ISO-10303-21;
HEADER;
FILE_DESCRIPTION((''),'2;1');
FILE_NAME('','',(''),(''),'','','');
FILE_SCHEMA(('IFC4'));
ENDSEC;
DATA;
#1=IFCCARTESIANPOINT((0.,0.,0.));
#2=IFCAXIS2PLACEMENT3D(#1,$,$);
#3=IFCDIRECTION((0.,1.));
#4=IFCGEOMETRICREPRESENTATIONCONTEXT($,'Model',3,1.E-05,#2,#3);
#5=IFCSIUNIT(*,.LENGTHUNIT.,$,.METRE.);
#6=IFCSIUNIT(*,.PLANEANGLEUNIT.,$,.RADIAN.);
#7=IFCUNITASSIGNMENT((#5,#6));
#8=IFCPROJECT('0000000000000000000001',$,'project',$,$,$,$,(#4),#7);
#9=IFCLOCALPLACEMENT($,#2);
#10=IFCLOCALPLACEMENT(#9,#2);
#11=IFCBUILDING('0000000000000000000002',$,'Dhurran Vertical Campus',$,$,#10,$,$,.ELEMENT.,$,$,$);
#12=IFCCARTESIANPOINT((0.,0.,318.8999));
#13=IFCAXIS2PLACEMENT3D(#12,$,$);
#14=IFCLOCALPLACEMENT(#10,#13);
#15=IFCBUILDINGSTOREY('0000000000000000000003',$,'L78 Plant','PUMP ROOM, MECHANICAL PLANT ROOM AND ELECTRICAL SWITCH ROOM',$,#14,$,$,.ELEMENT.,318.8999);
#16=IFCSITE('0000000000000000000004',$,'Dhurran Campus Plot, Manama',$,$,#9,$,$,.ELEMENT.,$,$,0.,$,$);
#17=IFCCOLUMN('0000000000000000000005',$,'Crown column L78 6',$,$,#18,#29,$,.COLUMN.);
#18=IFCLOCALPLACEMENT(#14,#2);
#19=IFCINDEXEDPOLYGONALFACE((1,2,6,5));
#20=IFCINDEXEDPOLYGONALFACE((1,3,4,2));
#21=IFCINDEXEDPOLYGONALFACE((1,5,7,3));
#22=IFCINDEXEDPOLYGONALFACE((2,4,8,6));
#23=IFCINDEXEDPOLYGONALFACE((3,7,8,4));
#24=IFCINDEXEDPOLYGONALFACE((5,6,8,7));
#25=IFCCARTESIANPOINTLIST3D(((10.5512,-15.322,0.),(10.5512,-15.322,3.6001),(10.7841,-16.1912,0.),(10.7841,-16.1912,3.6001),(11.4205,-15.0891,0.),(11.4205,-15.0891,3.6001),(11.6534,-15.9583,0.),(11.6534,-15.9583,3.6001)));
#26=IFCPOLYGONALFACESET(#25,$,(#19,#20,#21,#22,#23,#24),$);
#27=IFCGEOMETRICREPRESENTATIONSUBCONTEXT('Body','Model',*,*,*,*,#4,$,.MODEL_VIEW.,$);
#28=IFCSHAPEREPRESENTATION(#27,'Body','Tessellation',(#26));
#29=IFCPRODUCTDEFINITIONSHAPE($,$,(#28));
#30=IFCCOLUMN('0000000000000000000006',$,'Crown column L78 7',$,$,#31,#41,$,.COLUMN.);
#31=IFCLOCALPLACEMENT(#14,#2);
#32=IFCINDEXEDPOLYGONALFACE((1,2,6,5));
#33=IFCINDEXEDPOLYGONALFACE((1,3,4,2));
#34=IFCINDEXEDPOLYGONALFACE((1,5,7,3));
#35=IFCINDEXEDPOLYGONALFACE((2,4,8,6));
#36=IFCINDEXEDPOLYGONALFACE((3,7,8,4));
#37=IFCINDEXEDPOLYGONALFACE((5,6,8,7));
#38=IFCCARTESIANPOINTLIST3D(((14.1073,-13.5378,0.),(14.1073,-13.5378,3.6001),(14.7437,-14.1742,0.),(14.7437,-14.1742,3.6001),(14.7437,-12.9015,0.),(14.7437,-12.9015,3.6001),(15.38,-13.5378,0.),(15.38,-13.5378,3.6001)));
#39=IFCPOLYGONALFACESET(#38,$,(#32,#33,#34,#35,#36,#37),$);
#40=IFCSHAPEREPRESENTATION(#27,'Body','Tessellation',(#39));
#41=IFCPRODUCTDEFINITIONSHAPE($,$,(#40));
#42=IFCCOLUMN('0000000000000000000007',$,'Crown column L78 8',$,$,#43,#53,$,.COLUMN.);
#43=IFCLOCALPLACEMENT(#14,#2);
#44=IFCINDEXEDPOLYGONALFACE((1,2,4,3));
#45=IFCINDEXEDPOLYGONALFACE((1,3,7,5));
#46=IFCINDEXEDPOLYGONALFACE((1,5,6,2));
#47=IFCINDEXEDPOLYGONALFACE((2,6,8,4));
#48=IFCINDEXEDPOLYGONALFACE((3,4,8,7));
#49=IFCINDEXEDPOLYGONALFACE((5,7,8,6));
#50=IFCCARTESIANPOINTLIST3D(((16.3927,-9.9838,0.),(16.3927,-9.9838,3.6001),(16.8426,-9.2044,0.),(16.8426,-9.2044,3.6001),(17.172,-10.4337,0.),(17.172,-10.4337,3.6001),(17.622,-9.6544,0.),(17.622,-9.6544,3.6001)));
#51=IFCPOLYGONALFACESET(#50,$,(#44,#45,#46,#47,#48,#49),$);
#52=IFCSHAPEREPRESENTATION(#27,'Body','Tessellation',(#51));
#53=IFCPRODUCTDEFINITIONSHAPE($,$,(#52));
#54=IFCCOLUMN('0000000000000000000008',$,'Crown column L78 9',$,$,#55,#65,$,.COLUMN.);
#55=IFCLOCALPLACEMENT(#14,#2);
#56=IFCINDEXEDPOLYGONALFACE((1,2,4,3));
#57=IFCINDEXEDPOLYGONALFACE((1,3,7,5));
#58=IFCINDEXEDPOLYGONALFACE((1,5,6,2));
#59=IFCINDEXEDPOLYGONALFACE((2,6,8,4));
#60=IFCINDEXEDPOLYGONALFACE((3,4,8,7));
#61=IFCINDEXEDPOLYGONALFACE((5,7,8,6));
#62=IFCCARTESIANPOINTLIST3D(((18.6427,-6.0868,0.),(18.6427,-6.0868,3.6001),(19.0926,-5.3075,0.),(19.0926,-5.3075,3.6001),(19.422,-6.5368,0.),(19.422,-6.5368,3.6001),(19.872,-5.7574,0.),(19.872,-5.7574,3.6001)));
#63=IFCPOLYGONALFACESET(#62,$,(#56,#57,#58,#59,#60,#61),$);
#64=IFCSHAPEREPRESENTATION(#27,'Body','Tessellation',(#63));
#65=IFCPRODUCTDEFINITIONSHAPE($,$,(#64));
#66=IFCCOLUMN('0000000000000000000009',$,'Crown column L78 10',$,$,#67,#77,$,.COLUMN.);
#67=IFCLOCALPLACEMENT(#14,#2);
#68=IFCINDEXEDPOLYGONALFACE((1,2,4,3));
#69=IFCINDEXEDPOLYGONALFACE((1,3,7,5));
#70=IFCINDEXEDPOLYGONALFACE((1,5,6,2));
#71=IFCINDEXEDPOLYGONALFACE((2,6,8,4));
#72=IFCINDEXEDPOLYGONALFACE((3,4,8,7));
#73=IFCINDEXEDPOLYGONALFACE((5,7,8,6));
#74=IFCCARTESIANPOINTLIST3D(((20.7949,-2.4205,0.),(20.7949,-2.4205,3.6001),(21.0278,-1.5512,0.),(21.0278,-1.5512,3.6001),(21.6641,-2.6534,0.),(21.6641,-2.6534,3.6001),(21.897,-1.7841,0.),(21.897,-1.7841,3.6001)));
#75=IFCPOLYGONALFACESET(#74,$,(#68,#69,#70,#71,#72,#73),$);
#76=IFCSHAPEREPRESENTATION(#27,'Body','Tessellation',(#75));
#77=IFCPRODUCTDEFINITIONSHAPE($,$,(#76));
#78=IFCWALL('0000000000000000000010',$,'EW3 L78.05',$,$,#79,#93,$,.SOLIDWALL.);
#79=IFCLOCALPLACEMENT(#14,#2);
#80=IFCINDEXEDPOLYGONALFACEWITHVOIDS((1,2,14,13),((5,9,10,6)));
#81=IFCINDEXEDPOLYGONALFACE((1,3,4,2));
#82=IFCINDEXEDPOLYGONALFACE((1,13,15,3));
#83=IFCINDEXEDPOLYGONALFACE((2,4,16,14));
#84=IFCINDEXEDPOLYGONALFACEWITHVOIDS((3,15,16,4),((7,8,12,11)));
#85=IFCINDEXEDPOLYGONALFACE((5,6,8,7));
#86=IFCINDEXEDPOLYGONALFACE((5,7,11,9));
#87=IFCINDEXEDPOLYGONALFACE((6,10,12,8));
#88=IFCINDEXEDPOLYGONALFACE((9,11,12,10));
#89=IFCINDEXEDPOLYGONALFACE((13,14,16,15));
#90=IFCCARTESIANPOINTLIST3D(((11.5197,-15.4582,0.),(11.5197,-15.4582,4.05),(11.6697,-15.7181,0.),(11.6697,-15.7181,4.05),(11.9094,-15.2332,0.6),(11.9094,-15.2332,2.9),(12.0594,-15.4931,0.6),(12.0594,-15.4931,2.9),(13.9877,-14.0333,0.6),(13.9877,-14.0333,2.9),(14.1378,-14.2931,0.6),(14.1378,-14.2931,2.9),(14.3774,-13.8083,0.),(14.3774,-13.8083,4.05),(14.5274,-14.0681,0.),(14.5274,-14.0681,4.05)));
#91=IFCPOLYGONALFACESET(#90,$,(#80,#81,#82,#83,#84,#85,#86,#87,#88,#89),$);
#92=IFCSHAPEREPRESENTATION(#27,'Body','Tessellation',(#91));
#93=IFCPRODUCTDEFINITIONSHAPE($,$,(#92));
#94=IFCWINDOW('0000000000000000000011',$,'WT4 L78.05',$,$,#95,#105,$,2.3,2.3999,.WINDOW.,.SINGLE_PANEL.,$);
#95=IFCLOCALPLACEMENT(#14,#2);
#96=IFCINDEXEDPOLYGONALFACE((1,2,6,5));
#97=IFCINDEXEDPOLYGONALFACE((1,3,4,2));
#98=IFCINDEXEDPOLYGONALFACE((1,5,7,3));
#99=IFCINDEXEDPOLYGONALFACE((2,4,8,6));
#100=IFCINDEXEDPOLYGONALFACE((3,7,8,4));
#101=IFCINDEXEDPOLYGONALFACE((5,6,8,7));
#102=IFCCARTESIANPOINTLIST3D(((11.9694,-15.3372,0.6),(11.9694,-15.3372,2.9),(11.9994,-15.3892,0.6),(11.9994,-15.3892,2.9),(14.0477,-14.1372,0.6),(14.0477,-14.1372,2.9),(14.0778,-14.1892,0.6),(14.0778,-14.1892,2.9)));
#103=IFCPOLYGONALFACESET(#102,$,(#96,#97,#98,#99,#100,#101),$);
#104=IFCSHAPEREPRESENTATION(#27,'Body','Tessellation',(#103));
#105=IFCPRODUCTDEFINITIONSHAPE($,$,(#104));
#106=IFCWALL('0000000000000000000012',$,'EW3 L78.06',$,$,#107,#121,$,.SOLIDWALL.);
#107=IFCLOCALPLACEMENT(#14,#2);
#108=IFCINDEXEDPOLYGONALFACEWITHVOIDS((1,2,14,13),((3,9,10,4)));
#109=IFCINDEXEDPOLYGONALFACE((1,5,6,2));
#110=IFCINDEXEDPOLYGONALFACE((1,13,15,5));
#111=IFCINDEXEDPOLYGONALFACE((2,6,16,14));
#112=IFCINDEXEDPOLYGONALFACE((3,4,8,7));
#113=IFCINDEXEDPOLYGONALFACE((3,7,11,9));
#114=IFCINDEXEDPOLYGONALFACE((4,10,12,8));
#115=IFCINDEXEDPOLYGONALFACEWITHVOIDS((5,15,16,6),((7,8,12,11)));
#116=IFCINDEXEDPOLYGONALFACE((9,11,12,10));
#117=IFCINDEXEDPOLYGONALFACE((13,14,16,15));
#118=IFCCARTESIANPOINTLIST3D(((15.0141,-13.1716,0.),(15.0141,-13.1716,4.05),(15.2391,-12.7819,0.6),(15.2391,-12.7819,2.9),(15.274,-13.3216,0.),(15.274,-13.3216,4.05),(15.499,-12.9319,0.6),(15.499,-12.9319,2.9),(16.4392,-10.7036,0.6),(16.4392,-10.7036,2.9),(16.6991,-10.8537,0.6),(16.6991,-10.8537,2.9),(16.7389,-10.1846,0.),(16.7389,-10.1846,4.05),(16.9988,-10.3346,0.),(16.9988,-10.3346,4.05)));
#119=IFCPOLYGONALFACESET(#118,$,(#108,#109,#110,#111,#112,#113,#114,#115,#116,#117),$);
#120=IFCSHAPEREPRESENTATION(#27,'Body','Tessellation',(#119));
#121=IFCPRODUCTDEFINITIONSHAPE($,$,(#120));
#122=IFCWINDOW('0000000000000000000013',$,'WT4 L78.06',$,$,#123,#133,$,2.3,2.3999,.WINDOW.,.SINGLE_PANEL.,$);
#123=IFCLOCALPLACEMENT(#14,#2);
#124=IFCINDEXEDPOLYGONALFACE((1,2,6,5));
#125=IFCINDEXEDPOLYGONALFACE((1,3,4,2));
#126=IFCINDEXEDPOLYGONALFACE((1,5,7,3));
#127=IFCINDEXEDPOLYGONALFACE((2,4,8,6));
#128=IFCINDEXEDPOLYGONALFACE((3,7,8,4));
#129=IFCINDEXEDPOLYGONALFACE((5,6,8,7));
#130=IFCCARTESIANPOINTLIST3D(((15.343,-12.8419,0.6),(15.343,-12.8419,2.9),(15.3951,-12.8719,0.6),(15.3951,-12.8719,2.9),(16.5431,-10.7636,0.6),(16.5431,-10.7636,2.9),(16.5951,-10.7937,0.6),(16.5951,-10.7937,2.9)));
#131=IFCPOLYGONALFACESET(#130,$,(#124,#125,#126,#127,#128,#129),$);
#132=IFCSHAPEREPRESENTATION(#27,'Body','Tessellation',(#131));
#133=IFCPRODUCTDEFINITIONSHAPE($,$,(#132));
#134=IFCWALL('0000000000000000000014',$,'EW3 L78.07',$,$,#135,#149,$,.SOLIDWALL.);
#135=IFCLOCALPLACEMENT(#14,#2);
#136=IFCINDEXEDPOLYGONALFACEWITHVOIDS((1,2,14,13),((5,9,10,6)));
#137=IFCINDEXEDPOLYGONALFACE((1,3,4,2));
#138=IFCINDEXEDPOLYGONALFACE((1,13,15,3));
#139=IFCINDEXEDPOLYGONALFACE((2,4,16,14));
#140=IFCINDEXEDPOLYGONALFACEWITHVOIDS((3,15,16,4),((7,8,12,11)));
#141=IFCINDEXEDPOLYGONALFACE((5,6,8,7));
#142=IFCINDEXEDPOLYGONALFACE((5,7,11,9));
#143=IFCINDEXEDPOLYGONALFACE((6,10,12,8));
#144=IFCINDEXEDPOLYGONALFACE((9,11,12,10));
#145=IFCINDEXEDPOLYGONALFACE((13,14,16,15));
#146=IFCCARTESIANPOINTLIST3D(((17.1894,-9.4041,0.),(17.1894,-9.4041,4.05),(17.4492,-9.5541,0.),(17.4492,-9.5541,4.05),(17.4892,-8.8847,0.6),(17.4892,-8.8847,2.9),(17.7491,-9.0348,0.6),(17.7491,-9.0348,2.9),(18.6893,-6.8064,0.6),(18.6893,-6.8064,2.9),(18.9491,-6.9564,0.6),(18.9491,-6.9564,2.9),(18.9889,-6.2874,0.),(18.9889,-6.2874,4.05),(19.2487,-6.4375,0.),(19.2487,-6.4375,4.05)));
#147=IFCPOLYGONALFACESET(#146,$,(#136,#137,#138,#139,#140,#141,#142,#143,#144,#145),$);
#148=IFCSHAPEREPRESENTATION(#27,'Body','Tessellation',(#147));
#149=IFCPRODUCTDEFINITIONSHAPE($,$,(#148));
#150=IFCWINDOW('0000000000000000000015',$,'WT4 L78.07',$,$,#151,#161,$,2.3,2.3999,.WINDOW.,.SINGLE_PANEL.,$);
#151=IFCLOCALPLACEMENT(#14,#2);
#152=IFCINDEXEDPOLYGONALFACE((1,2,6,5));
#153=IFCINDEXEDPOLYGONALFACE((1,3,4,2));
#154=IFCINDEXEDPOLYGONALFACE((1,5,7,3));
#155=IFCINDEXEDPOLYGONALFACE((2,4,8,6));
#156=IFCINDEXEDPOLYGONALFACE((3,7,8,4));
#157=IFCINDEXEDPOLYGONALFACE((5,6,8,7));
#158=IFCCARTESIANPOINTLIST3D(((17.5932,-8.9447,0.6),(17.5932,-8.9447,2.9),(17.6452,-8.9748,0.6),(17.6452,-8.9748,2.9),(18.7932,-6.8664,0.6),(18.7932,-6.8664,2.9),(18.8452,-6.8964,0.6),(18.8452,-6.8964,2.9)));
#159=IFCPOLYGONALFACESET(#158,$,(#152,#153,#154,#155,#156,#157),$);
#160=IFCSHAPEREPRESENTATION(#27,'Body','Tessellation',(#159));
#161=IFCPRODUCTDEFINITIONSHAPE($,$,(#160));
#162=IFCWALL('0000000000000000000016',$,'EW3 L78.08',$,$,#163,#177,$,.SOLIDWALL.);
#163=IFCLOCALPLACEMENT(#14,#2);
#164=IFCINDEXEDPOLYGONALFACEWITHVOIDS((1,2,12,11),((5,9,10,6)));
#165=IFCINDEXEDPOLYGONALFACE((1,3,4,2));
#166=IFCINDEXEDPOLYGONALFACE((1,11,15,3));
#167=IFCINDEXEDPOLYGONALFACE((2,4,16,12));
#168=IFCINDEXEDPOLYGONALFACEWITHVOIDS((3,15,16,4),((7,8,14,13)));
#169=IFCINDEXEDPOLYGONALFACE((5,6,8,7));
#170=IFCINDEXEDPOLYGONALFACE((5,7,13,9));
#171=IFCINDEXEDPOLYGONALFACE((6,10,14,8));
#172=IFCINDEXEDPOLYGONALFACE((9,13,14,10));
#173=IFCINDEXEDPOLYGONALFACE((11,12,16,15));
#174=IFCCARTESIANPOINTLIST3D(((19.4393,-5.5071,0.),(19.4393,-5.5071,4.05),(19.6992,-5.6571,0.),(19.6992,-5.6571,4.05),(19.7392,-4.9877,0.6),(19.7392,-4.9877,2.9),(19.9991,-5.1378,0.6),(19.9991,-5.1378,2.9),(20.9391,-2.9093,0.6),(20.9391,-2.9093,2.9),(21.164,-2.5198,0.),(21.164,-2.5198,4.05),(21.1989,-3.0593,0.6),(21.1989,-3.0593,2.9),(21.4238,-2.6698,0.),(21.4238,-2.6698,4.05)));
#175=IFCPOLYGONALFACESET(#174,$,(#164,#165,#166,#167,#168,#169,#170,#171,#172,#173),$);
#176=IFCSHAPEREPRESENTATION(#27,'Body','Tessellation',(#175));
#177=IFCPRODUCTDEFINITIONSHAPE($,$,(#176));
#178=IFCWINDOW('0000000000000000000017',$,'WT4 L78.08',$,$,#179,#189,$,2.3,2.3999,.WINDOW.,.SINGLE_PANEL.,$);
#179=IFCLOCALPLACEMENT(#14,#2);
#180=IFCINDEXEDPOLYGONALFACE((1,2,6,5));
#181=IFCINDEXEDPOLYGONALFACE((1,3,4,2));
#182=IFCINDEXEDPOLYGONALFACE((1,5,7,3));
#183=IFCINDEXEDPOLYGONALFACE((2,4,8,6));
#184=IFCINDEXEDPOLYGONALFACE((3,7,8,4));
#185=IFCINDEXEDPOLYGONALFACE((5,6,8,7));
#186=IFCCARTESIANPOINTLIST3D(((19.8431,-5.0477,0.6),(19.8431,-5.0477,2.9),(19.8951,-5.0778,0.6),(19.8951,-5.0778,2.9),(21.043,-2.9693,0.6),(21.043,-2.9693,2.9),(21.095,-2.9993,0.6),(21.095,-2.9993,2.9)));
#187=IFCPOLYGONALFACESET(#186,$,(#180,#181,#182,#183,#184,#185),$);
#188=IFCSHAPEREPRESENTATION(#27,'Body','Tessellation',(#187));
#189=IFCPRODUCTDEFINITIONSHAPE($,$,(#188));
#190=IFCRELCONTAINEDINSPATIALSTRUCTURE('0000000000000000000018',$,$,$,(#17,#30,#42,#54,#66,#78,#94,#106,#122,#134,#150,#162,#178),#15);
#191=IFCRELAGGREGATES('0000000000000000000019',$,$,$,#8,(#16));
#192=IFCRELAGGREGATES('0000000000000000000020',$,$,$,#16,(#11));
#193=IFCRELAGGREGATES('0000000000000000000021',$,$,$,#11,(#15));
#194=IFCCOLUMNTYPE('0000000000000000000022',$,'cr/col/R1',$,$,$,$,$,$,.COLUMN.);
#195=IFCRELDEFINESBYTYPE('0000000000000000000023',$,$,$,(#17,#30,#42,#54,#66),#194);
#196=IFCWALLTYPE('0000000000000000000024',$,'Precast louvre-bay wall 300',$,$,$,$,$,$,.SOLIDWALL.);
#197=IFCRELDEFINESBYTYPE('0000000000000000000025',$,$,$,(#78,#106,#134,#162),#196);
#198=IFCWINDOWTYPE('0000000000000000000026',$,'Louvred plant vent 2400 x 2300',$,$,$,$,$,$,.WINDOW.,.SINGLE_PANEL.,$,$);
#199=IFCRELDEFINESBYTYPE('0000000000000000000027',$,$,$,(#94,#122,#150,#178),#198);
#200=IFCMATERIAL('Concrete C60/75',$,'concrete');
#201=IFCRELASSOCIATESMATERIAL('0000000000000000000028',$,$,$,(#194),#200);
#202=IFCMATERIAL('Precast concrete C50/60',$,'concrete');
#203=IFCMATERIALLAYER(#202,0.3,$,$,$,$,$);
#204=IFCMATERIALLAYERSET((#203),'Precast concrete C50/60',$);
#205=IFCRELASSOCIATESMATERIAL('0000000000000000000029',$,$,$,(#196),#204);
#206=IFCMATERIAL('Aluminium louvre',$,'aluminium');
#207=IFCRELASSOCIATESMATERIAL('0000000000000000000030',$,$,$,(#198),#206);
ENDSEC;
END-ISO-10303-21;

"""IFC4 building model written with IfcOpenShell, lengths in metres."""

from ifc_helpers import new_model, si_unit, direction, frame, frame_2d, origin, origin_2d, place, context, subcontext, project, spatial, rectangle, extrude, material, layer, layer_set, material_profile, profile_set, type_object, element, fill, save


model = new_model("IFC4")

# Units and contexts
model_context = context("Model", 3, precision=1e-05, world=origin(), true_north=direction((0.0, 1.0)))
body_context = subcontext(model_context, "Body", "Model", "MODEL_VIEW")
ifc_project = project(units=[si_unit("LENGTHUNIT", "METRE"), si_unit("PLANEANGLEUNIT", "RADIAN")], contexts=[model_context])

# Site, building, storey
site_placement = place(None, origin())
site = spatial("IfcSite", under=ifc_project, at=site_placement, Name="Dhurran Campus Plot, Manama", CompositionType="ELEMENT", RefElevation=0.0)
building_placement = place(site_placement, origin())
building = spatial("IfcBuilding", under=site, at=building_placement, Name="Dhurran Vertical Campus", CompositionType="ELEMENT")
storey_placement = place(building_placement, frame((0.0, 0.0, 318.8999)))
storey = spatial("IfcBuildingStorey", under=building, at=storey_placement, Name="L78 Plant", Description="PUMP ROOM, MECHANICAL PLANT ROOM AND ELECTRICAL SWITCH ROOM", CompositionType="ELEMENT", Elevation=318.8999)

# Columns
ifc_material_1 = material(Name="Concrete C60/75", Category="concrete")
ifc_material_profile = material_profile(ifc_material_1, rectangle(XDim=0.8999, YDim=0.8999, at=origin_2d()), Name="cr/col/R1")
ifc_profile_set = profile_set([ifc_material_profile], Name="Concrete C60/75")
column_type = type_object("IfcColumnType", Name="cr/col/R1", PredefinedType="COLUMN", material=ifc_profile_set)
for number, where, z_axis, x_axis, name in (
    (1, (11.1023, -15.6401, 0.0), (0.0, 0.0, 1.0), (0.965926, 0.258819, 0.0), "Crown column L78 6"),
    (2, (14.7437, -13.5378, 0.0), (0.0, 0.0, 1.0), (0.707107, 0.707107, 0.0), "Crown column L78 7"),
    (3, (17.0073, -9.8191, 0.0), (0.0, 0.0, 1.0), (0.5, 0.866025, 0.0), "Crown column L78 8"),
    (4, (19.2573, -5.9221, 0.0), (0.0, 0.0, 1.0), (0.5, 0.866025, 0.0), "Crown column L78 9"),
    (5, (21.3459, -2.1023, 0.0), (0.0, 0.0, 1.0), (0.258819, 0.965926, 0.0), "Crown column L78 10"),
):
    element("IfcColumn", number, at=place(storey_placement, frame(where, z_axis=z_axis, x_axis=x_axis)), inside=storey, type_object=column_type, Name=name, PredefinedType="COLUMN", context=body_context, shape_type="SweptSolid", body=[
        extrude(rectangle(XDim=0.8999, YDim=0.8999, at=origin_2d()), origin(), (0.0, 0.0, 1.0), 3.6001),
    ])

# Walls, openings, windows
ifc_material_2 = material(Name="Precast concrete C50/60", Category="concrete")
ifc_layer_1 = layer(ifc_material_2, 0.3)
ifc_layer_set_1 = layer_set([ifc_layer_1], Name="Precast concrete C50/60")
wall_type_1 = type_object("IfcWallType", Name="Precast louvre-bay wall 300", PredefinedType="SOLIDWALL", material=ifc_layer_set_1)
wall_1_placement = place(storey_placement, frame((11.5947, -15.5881, 0.0), z_axis=(0.0, 0.0, 1.0), x_axis=(0.866022, 0.500006, 0.0)))
wall_1 = element("IfcWall", 6, at=wall_1_placement, inside=storey, type_object=wall_type_1, Name="EW3 L78.05", PredefinedType="SOLIDWALL", context=body_context, shape_type="SweptSolid", body=[
    extrude(rectangle(XDim=3.2998, YDim=0.3, at=frame_2d((1.6499, 0.0))), origin(), (0.0, 0.0, 1.0), 4.05),
])
opening_1_placement = place(wall_1_placement, frame((0.45, 0.0, 0.6001)))
opening_1 = element("IfcOpeningElement", 7, at=opening_1_placement, cuts=wall_1, PredefinedType="OPENING", context=body_context, shape_type="SweptSolid", body=[
    extrude(rectangle(XDim=2.3999, YDim=2.3, at=frame_2d((1.2, 1.1499))), frame((0.0, 0.1599, 0.0), z_axis=(0.0, -1.0, 0.0), x_axis=(1.0, 0.0, 0.0)), (0.0, 0.0, 1.0), 0.3201),
])
ifc_material_3 = material(Name="Aluminium louvre", Category="aluminium")
window_type = type_object("IfcWindowType", Name="Louvred plant vent 2400 x 2300", PartitioningType="SINGLE_PANEL", PredefinedType="WINDOW", material=ifc_material_3)
window_1_placement = place(opening_1_placement, origin())
window_1 = element("IfcWindow", 8, at=window_1_placement, inside=storey, type_object=window_type, Name="WT4 L78.05", OverallHeight=2.3, OverallWidth=2.3999, PartitioningType="SINGLE_PANEL", PredefinedType="WINDOW", context=body_context, shape_type="SweptSolid", body=[
    extrude(rectangle(XDim=2.3999, YDim=2.3, at=frame_2d((1.2, 1.1499))), frame((0.0, 0.03, 0.0), z_axis=(0.0, -1.0, 0.0), x_axis=(1.0, 0.0, 0.0)), (0.0, 0.0, 1.0), 0.0601),
])
fill(opening_1, window_1)
wall_2_placement = place(storey_placement, frame((15.144, -13.2466, 0.0), z_axis=(0.0, 0.0, 1.0), x_axis=(0.500059, 0.865991, 0.0)))
wall_2 = element("IfcWall", 9, at=wall_2_placement, inside=storey, type_object=wall_type_1, Name="EW3 L78.06", PredefinedType="SOLIDWALL", context=body_context, shape_type="SweptSolid", body=[
    extrude(rectangle(XDim=3.4492, YDim=0.3, at=frame_2d((1.7246, 0.0))), origin(), (0.0, 0.0, 1.0), 4.05),
])
opening_2_placement = place(wall_2_placement, frame((0.45, 0.0, 0.6001)))
opening_2 = element("IfcOpeningElement", 10, at=opening_2_placement, cuts=wall_2, PredefinedType="OPENING", context=body_context, shape_type="SweptSolid", body=[
    extrude(rectangle(XDim=2.3999, YDim=2.3, at=frame_2d((1.2, 1.1499))), frame((0.0, 0.1599, 0.0), z_axis=(0.0, -1.0, 0.0), x_axis=(1.0, 0.0, 0.0)), (0.0, 0.0, 1.0), 0.3201),
])
window_2_placement = place(opening_2_placement, origin())
window_2 = element("IfcWindow", 11, at=window_2_placement, inside=storey, type_object=window_type, Name="WT4 L78.06", OverallHeight=2.3, OverallWidth=2.3999, PartitioningType="SINGLE_PANEL", PredefinedType="WINDOW", context=body_context, shape_type="SweptSolid", body=[
    extrude(rectangle(XDim=2.3999, YDim=2.3, at=frame_2d((1.2, 1.1499))), frame((0.0, 0.03, 0.0), z_axis=(0.0, -1.0, 0.0), x_axis=(1.0, 0.0, 0.0)), (0.0, 0.0, 1.0), 0.0601),
])
fill(opening_2, window_2)
wall_3_placement = place(storey_placement, frame((17.3193, -9.479, 0.0), z_axis=(0.0, 0.0, 1.0), x_axis=(0.500028, 0.866009, 0.0)))
wall_3 = element("IfcWall", 12, at=wall_3_placement, inside=storey, type_object=wall_type_1, Name="EW3 L78.07", PredefinedType="SOLIDWALL", context=body_context, shape_type="SweptSolid", body=[
    extrude(rectangle(XDim=3.5989, YDim=0.3, at=frame_2d((1.7993, 0.0))), origin(), (0.0, 0.0, 1.0), 4.05),
])
opening_3_placement = place(wall_3_placement, frame((0.5996, 0.0, 0.6001)))
opening_3 = element("IfcOpeningElement", 13, at=opening_3_placement, cuts=wall_3, PredefinedType="OPENING", context=body_context, shape_type="SweptSolid", body=[
    extrude(rectangle(XDim=2.3999, YDim=2.3, at=frame_2d((1.2, 1.1499))), frame((0.0, 0.1599, 0.0), z_axis=(0.0, -1.0, 0.0), x_axis=(1.0, 0.0, 0.0)), (0.0, 0.0, 1.0), 0.3201),
])
window_3_placement = place(opening_3_placement, origin())
window_3 = element("IfcWindow", 14, at=window_3_placement, inside=storey, type_object=window_type, Name="WT4 L78.07", OverallHeight=2.3, OverallWidth=2.3999, PartitioningType="SINGLE_PANEL", PredefinedType="WINDOW", context=body_context, shape_type="SweptSolid", body=[
    extrude(rectangle(XDim=2.3999, YDim=2.3, at=frame_2d((1.2, 1.1499))), frame((0.0, 0.03, 0.0), z_axis=(0.0, -1.0, 0.0), x_axis=(1.0, 0.0, 0.0)), (0.0, 0.0, 1.0), 0.0601),
])
fill(opening_3, window_3)
wall_4_placement = place(storey_placement, frame((19.5693, -5.582, 0.0), z_axis=(0.0, 0.0, 1.0), x_axis=(0.499976, 0.866039, 0.0)))
wall_4 = element("IfcWall", 15, at=wall_4_placement, inside=storey, type_object=wall_type_1, Name="EW3 L78.08", PredefinedType="SOLIDWALL", context=body_context, shape_type="SweptSolid", body=[
    extrude(rectangle(XDim=3.4495, YDim=0.3, at=frame_2d((1.7246, 0.0))), origin(), (0.0, 0.0, 1.0), 4.05),
])
opening_4_placement = place(wall_4_placement, frame((0.5996, 0.0, 0.6001)))
opening_4 = element("IfcOpeningElement", 16, at=opening_4_placement, cuts=wall_4, PredefinedType="OPENING", context=body_context, shape_type="SweptSolid", body=[
    extrude(rectangle(XDim=2.3999, YDim=2.3, at=frame_2d((1.2, 1.1499))), frame((0.0, 0.1599, 0.0), z_axis=(0.0, -1.0, 0.0), x_axis=(1.0, 0.0, 0.0)), (0.0, 0.0, 1.0), 0.3201),
])
window_4_placement = place(opening_4_placement, origin())
window_4 = element("IfcWindow", 17, at=window_4_placement, inside=storey, type_object=window_type, Name="WT4 L78.08", OverallHeight=2.3, OverallWidth=2.3999, PartitioningType="SINGLE_PANEL", PredefinedType="WINDOW", context=body_context, shape_type="SweptSolid", body=[
    extrude(rectangle(XDim=2.3999, YDim=2.3, at=frame_2d((1.2, 1.1499))), frame((0.0, 0.03, 0.0), z_axis=(0.0, -1.0, 0.0), x_axis=(1.0, 0.0, 0.0)), (0.0, 0.0, 1.0), 0.0601),
])
fill(opening_4, window_4)

save(model, "model.ifc")
